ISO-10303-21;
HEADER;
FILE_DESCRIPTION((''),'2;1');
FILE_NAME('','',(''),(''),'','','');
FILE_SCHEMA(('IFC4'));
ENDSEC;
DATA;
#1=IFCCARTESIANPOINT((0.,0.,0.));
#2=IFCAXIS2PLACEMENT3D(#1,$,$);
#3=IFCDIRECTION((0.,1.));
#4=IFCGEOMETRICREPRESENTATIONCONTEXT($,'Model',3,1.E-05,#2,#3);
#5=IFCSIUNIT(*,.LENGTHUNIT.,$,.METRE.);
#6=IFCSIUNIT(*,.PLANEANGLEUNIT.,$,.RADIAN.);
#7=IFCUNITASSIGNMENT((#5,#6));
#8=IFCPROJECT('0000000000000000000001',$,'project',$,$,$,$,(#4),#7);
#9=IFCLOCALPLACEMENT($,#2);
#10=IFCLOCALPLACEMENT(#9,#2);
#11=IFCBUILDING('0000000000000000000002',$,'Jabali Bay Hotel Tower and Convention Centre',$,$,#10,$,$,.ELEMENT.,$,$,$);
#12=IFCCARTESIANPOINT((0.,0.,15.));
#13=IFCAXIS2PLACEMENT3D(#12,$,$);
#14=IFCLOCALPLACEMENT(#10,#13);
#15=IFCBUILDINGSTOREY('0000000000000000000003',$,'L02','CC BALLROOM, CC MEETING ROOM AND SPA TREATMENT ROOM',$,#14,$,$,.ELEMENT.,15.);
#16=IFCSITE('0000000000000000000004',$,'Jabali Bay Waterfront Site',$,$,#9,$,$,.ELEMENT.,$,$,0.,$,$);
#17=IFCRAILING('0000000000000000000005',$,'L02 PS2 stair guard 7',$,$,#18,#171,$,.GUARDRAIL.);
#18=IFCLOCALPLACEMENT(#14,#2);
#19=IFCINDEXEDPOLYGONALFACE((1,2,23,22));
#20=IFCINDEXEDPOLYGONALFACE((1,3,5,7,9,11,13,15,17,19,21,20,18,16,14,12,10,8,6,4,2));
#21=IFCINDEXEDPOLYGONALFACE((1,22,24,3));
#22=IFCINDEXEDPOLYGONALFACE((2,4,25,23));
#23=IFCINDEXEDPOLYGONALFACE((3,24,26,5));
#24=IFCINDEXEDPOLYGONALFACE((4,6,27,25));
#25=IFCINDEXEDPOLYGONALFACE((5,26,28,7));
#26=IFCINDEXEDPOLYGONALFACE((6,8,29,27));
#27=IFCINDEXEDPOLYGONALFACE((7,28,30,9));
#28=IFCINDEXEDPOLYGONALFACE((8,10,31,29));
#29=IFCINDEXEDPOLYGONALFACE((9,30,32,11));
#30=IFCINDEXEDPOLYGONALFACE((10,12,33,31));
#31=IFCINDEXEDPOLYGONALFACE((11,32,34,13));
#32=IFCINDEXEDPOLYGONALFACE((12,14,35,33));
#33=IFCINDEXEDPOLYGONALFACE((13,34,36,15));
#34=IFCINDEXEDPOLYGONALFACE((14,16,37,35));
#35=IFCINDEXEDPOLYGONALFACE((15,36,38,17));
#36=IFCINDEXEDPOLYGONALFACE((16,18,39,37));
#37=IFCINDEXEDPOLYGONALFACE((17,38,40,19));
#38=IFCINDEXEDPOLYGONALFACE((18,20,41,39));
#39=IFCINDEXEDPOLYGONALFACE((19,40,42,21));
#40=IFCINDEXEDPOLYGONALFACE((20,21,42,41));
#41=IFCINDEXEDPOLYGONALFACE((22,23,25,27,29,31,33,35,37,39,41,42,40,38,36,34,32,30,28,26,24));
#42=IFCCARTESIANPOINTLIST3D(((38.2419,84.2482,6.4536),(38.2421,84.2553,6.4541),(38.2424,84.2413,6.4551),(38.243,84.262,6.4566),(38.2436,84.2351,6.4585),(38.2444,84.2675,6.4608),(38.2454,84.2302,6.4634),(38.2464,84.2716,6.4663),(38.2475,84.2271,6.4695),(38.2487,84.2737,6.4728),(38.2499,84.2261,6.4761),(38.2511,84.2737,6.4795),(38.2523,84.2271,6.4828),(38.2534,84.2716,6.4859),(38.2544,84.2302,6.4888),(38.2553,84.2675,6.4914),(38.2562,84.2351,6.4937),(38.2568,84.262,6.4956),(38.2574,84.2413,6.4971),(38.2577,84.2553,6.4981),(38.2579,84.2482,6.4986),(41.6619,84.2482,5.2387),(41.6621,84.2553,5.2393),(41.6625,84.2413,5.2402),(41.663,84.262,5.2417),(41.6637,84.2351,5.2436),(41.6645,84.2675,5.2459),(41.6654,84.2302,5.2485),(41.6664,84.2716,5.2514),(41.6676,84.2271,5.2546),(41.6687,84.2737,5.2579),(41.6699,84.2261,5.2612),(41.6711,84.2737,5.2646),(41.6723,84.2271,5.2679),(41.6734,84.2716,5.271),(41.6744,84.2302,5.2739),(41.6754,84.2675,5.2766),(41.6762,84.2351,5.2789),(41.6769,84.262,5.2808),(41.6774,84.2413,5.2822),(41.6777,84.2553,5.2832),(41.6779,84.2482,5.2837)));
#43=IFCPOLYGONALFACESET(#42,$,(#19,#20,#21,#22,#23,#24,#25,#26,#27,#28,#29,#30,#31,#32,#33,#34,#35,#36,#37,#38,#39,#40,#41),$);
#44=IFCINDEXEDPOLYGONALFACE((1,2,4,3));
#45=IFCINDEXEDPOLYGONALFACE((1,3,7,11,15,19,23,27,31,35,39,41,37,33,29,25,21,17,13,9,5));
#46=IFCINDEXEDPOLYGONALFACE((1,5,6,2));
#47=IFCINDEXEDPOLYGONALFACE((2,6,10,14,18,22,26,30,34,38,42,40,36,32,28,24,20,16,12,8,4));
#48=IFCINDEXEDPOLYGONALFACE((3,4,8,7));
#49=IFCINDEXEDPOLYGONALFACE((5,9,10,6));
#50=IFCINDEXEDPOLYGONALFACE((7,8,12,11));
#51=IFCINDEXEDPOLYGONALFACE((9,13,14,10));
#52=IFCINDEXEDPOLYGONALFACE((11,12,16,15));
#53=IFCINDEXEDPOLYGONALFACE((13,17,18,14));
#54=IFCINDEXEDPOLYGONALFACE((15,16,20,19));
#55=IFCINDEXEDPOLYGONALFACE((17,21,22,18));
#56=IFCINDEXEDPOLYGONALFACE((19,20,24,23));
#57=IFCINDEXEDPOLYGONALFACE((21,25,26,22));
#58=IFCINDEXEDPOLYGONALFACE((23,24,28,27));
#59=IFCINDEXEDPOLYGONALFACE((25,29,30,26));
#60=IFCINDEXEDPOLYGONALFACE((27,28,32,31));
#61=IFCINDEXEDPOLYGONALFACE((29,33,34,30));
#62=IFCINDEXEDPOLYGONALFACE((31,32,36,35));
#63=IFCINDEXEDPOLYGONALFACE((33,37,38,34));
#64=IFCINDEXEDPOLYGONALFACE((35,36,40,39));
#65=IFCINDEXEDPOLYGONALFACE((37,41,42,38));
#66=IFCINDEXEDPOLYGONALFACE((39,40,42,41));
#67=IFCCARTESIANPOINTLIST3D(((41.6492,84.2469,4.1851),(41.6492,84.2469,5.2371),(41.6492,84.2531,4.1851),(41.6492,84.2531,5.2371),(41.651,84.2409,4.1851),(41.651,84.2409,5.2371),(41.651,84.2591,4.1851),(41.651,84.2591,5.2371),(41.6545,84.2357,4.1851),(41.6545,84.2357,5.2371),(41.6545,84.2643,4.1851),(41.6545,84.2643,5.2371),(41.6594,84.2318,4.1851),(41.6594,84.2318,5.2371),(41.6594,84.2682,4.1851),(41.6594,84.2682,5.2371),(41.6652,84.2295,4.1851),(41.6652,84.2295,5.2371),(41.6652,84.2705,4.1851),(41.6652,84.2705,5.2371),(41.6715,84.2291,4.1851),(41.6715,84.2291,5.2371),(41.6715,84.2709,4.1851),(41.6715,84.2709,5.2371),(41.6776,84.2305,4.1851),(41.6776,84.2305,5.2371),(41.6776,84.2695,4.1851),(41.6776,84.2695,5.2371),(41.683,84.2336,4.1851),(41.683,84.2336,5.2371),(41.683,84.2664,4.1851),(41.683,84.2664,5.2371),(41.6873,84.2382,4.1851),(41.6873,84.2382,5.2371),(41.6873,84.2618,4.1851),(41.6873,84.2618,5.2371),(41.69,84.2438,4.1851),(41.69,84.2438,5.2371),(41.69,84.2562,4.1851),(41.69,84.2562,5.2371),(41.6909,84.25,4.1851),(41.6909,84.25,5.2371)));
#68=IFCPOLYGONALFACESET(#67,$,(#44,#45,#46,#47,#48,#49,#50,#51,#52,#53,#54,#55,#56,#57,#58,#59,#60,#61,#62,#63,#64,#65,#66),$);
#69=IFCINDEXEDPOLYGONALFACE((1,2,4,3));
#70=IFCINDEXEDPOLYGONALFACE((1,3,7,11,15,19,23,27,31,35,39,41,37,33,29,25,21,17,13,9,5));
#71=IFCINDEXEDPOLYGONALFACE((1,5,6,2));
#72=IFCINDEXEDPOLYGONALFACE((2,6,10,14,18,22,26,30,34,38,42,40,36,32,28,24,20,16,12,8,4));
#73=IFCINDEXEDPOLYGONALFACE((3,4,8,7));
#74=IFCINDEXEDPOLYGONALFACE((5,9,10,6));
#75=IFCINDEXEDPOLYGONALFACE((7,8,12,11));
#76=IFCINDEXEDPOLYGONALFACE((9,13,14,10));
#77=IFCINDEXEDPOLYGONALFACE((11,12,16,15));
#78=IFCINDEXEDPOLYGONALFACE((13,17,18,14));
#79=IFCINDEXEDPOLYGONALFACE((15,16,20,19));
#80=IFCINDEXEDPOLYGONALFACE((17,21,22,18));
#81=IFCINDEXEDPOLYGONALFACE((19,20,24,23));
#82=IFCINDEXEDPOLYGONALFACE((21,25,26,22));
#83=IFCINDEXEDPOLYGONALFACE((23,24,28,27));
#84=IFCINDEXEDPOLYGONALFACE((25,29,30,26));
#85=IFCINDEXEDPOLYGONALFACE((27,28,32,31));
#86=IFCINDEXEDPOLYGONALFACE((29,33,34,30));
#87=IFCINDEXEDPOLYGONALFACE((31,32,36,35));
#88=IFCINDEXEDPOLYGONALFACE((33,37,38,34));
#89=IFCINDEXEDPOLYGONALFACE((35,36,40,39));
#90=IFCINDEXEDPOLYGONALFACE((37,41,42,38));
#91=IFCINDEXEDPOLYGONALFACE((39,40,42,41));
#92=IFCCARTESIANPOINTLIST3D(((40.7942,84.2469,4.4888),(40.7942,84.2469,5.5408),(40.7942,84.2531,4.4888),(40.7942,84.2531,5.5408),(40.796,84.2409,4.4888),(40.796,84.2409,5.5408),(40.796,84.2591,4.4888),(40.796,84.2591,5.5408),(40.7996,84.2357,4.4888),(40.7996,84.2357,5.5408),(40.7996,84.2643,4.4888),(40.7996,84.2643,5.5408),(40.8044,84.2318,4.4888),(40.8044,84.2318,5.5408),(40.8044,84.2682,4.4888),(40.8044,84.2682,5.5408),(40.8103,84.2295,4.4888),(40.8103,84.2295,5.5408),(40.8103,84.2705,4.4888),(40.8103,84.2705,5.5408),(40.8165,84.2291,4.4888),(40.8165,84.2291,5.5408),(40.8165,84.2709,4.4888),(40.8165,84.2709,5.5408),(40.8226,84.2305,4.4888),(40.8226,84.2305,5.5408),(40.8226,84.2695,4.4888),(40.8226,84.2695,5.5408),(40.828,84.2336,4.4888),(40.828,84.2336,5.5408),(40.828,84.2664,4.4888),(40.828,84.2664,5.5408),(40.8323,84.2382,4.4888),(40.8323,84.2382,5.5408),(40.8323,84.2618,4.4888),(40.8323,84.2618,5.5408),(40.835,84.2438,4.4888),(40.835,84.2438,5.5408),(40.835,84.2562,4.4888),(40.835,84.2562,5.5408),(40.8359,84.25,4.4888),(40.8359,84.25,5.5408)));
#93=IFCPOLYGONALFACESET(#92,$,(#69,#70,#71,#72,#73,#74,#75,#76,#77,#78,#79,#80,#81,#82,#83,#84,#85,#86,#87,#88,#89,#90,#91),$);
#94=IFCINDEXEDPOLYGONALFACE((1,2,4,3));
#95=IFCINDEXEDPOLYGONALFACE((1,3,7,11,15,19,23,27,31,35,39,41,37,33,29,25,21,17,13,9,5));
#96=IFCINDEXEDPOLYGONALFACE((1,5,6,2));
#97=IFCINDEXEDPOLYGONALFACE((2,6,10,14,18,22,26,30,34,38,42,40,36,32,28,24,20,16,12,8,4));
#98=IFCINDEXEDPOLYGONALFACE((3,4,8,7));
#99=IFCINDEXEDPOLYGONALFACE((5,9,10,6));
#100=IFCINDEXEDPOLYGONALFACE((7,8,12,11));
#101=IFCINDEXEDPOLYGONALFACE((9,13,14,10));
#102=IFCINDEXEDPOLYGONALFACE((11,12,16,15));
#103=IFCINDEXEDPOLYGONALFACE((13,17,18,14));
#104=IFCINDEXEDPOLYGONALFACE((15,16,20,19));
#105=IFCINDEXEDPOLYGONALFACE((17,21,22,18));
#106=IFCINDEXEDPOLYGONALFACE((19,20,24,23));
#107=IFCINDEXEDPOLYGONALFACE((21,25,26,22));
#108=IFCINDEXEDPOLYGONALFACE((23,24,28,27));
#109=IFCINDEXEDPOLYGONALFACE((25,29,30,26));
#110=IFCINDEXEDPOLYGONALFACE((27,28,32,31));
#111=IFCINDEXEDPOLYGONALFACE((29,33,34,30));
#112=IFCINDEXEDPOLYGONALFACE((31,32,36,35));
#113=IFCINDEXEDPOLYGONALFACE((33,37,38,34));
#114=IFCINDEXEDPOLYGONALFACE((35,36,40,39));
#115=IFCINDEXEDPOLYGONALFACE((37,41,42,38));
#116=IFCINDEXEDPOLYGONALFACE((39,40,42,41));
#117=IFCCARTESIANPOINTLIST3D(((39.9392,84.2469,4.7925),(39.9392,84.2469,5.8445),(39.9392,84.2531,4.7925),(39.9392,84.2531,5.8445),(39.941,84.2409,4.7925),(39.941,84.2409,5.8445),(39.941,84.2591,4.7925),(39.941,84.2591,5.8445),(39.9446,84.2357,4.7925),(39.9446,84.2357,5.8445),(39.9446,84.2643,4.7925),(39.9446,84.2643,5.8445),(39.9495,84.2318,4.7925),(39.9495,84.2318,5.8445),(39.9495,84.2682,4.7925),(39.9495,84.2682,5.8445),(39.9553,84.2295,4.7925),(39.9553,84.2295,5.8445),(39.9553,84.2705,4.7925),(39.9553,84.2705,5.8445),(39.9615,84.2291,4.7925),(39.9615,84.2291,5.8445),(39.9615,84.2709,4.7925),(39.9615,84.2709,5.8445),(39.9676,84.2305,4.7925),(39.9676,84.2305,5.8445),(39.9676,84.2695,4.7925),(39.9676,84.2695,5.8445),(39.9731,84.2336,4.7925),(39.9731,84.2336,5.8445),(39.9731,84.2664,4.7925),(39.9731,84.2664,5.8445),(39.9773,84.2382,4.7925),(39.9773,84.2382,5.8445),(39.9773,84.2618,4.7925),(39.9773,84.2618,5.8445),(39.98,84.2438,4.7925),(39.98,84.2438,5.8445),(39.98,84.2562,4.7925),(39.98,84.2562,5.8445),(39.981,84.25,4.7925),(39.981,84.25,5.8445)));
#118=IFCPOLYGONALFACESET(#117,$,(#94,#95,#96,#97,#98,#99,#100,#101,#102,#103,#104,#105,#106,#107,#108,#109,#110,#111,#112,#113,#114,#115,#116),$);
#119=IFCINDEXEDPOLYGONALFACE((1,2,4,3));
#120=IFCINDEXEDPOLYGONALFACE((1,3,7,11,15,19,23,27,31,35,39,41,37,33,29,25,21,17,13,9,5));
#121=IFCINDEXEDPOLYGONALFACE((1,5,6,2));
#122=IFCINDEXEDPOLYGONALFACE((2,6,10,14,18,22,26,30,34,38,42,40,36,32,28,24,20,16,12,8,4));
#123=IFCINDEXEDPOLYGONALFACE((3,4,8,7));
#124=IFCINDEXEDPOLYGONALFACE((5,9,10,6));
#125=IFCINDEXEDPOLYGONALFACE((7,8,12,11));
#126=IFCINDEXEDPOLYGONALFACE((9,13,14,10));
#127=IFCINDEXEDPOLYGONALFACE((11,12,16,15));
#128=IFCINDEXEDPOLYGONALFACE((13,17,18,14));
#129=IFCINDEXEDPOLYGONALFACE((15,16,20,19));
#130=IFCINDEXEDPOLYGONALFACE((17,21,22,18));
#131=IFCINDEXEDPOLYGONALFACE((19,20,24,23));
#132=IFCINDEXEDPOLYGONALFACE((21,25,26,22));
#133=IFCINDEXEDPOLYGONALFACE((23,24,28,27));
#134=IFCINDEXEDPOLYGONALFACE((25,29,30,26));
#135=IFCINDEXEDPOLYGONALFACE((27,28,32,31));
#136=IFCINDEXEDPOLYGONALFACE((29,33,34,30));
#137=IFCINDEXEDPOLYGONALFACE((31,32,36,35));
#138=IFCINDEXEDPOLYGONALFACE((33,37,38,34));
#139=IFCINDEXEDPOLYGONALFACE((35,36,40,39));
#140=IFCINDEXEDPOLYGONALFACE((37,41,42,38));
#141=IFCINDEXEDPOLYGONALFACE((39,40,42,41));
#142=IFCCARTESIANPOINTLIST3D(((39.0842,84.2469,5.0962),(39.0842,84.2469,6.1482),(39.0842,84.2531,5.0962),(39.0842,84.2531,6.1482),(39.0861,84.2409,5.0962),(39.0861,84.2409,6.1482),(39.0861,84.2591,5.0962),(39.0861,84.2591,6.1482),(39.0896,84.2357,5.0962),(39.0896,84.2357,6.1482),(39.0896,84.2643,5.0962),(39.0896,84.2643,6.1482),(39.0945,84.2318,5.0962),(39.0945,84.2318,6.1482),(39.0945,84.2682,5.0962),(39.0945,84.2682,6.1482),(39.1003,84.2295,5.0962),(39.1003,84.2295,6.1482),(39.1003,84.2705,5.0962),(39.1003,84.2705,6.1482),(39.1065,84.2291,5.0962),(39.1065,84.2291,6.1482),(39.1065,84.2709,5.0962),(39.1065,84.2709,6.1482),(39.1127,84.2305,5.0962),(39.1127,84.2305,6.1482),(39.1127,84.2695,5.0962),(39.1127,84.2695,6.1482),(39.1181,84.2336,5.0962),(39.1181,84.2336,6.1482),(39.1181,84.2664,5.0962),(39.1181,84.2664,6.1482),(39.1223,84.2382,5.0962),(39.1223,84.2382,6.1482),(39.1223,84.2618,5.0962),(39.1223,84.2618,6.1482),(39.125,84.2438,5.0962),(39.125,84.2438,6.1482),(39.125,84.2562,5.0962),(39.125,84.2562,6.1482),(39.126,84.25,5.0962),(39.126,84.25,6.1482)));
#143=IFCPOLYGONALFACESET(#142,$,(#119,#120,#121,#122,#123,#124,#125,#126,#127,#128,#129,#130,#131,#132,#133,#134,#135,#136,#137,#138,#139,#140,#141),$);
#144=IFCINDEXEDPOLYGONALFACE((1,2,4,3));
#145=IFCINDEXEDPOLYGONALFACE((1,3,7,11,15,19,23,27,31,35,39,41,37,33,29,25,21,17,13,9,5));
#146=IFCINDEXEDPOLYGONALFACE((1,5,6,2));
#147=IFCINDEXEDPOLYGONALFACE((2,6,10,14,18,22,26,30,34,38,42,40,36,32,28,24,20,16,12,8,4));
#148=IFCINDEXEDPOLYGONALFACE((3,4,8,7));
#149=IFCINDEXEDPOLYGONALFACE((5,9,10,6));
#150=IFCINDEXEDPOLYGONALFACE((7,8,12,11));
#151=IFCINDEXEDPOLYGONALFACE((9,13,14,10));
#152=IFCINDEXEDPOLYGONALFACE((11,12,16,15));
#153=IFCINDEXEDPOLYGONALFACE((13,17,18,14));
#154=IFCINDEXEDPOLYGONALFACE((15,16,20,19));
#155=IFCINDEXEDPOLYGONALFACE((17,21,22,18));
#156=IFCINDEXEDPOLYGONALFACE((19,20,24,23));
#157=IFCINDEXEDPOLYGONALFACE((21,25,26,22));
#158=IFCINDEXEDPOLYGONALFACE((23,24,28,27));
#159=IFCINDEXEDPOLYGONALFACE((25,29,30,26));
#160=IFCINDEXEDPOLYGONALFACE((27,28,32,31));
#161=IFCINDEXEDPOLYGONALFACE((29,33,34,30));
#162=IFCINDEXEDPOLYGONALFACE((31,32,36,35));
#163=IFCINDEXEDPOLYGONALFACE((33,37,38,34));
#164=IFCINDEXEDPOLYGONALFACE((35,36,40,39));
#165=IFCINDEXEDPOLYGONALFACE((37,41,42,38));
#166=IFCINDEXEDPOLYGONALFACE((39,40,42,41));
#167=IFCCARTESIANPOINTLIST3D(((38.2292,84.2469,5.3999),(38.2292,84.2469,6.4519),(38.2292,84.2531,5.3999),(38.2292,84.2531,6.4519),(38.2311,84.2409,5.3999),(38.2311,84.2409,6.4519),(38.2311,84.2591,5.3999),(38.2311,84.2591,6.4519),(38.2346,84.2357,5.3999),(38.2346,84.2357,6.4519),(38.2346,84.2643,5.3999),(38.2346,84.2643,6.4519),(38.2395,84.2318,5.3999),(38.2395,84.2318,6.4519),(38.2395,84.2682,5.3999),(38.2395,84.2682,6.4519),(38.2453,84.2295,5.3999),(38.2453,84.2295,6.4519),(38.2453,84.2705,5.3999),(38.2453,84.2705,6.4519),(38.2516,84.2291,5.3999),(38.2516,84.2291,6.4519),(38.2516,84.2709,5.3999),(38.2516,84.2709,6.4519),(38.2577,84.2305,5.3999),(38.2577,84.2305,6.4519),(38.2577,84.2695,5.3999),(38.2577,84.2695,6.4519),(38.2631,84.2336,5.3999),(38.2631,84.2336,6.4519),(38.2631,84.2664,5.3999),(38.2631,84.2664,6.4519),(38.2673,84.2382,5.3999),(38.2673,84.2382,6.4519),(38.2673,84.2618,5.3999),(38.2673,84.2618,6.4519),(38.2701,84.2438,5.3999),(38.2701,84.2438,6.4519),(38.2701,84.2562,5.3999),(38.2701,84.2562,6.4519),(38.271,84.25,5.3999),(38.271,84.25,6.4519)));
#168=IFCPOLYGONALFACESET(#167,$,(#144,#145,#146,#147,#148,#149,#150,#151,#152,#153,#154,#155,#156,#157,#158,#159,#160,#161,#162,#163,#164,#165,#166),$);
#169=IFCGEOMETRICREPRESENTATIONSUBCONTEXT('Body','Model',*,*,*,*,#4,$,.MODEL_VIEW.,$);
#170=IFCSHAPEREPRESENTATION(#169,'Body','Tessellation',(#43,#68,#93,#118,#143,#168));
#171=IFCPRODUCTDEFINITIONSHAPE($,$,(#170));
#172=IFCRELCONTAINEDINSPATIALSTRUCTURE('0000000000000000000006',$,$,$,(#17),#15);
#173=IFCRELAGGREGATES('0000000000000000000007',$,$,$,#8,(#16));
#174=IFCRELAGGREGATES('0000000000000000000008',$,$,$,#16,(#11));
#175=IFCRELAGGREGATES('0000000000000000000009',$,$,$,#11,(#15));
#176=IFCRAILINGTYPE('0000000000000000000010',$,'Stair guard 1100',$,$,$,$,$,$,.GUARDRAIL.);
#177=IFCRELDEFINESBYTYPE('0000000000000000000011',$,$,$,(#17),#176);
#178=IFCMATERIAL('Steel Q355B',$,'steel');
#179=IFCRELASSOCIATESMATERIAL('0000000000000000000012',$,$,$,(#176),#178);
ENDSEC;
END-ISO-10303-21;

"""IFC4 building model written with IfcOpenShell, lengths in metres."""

from ifc_helpers import new_model, si_unit, direction, frame, origin, origin_2d, place, context, subcontext, project, spatial, circle, extrude, material, type_object, element, save


model = new_model("IFC4")

# Units and contexts
model_context = context("Model", 3, precision=1e-05, world=origin(), true_north=direction((0.0, 1.0)))
body_context = subcontext(model_context, "Body", "Model", "MODEL_VIEW")
ifc_project = project(units=[si_unit("LENGTHUNIT", "METRE"), si_unit("PLANEANGLEUNIT", "RADIAN")], contexts=[model_context])

# Site, building, storey
site_placement = place(None, origin())
site = spatial("IfcSite", under=ifc_project, at=site_placement, Name="Jabali Bay Waterfront Site", CompositionType="ELEMENT", RefElevation=0.0)
building_placement = place(site_placement, origin())
building = spatial("IfcBuilding", under=site, at=building_placement, Name="Jabali Bay Hotel Tower and Convention Centre", CompositionType="ELEMENT")
storey_placement = place(building_placement, frame((0.0, 0.0, 15.0)))
storey = spatial("IfcBuildingStorey", under=building, at=storey_placement, Name="L02", Description="CC BALLROOM, CC MEETING ROOM AND SPA TREATMENT ROOM", CompositionType="ELEMENT", Elevation=15.0)

# Railing
ifc_material_1 = material(Name="Steel Q355B", Category="steel")
railing_type_1 = type_object("IfcRailingType", Name="Stair guard 1100", PredefinedType="GUARDRAIL", material=ifc_material_1)
railing_1_placement = place(storey_placement, frame((41.6699, 84.25, 4.1851)))
element("IfcRailing", 1, at=railing_1_placement, inside=storey, type_object=railing_type_1, Name="L02 PS2 stair guard 7", PredefinedType="GUARDRAIL", context=body_context, shape_type="SweptSolid", body=[
    extrude(circle(Radius=0.0239, at=origin_2d()), frame((0.0, 0.0, 1.0762), z_axis=(-0.942313, 0.0, 0.334734), x_axis=(0.0, -1.0, 0.0)), (0.0, 0.0, 1.0), 3.6294),
    extrude(circle(Radius=0.021, at=origin_2d()), origin(), (0.0, 0.0, 1.0), 1.052),
    extrude(circle(Radius=0.021, at=origin_2d()), frame((-0.855, 0.0, 0.3037)), (0.0, 0.0, 1.0), 1.052),
    extrude(circle(Radius=0.021, at=origin_2d()), frame((-1.71, 0.0, 0.6074)), (0.0, 0.0, 1.0), 1.052),
    extrude(circle(Radius=0.021, at=origin_2d()), frame((-2.5649, 0.0, 0.9111)), (0.0, 0.0, 1.0), 1.052),
    extrude(circle(Radius=0.021, at=origin_2d()), frame((-3.4199, 0.0, 1.2148)), (0.0, 0.0, 1.0), 1.052),
])

save(model, "model.ifc")
